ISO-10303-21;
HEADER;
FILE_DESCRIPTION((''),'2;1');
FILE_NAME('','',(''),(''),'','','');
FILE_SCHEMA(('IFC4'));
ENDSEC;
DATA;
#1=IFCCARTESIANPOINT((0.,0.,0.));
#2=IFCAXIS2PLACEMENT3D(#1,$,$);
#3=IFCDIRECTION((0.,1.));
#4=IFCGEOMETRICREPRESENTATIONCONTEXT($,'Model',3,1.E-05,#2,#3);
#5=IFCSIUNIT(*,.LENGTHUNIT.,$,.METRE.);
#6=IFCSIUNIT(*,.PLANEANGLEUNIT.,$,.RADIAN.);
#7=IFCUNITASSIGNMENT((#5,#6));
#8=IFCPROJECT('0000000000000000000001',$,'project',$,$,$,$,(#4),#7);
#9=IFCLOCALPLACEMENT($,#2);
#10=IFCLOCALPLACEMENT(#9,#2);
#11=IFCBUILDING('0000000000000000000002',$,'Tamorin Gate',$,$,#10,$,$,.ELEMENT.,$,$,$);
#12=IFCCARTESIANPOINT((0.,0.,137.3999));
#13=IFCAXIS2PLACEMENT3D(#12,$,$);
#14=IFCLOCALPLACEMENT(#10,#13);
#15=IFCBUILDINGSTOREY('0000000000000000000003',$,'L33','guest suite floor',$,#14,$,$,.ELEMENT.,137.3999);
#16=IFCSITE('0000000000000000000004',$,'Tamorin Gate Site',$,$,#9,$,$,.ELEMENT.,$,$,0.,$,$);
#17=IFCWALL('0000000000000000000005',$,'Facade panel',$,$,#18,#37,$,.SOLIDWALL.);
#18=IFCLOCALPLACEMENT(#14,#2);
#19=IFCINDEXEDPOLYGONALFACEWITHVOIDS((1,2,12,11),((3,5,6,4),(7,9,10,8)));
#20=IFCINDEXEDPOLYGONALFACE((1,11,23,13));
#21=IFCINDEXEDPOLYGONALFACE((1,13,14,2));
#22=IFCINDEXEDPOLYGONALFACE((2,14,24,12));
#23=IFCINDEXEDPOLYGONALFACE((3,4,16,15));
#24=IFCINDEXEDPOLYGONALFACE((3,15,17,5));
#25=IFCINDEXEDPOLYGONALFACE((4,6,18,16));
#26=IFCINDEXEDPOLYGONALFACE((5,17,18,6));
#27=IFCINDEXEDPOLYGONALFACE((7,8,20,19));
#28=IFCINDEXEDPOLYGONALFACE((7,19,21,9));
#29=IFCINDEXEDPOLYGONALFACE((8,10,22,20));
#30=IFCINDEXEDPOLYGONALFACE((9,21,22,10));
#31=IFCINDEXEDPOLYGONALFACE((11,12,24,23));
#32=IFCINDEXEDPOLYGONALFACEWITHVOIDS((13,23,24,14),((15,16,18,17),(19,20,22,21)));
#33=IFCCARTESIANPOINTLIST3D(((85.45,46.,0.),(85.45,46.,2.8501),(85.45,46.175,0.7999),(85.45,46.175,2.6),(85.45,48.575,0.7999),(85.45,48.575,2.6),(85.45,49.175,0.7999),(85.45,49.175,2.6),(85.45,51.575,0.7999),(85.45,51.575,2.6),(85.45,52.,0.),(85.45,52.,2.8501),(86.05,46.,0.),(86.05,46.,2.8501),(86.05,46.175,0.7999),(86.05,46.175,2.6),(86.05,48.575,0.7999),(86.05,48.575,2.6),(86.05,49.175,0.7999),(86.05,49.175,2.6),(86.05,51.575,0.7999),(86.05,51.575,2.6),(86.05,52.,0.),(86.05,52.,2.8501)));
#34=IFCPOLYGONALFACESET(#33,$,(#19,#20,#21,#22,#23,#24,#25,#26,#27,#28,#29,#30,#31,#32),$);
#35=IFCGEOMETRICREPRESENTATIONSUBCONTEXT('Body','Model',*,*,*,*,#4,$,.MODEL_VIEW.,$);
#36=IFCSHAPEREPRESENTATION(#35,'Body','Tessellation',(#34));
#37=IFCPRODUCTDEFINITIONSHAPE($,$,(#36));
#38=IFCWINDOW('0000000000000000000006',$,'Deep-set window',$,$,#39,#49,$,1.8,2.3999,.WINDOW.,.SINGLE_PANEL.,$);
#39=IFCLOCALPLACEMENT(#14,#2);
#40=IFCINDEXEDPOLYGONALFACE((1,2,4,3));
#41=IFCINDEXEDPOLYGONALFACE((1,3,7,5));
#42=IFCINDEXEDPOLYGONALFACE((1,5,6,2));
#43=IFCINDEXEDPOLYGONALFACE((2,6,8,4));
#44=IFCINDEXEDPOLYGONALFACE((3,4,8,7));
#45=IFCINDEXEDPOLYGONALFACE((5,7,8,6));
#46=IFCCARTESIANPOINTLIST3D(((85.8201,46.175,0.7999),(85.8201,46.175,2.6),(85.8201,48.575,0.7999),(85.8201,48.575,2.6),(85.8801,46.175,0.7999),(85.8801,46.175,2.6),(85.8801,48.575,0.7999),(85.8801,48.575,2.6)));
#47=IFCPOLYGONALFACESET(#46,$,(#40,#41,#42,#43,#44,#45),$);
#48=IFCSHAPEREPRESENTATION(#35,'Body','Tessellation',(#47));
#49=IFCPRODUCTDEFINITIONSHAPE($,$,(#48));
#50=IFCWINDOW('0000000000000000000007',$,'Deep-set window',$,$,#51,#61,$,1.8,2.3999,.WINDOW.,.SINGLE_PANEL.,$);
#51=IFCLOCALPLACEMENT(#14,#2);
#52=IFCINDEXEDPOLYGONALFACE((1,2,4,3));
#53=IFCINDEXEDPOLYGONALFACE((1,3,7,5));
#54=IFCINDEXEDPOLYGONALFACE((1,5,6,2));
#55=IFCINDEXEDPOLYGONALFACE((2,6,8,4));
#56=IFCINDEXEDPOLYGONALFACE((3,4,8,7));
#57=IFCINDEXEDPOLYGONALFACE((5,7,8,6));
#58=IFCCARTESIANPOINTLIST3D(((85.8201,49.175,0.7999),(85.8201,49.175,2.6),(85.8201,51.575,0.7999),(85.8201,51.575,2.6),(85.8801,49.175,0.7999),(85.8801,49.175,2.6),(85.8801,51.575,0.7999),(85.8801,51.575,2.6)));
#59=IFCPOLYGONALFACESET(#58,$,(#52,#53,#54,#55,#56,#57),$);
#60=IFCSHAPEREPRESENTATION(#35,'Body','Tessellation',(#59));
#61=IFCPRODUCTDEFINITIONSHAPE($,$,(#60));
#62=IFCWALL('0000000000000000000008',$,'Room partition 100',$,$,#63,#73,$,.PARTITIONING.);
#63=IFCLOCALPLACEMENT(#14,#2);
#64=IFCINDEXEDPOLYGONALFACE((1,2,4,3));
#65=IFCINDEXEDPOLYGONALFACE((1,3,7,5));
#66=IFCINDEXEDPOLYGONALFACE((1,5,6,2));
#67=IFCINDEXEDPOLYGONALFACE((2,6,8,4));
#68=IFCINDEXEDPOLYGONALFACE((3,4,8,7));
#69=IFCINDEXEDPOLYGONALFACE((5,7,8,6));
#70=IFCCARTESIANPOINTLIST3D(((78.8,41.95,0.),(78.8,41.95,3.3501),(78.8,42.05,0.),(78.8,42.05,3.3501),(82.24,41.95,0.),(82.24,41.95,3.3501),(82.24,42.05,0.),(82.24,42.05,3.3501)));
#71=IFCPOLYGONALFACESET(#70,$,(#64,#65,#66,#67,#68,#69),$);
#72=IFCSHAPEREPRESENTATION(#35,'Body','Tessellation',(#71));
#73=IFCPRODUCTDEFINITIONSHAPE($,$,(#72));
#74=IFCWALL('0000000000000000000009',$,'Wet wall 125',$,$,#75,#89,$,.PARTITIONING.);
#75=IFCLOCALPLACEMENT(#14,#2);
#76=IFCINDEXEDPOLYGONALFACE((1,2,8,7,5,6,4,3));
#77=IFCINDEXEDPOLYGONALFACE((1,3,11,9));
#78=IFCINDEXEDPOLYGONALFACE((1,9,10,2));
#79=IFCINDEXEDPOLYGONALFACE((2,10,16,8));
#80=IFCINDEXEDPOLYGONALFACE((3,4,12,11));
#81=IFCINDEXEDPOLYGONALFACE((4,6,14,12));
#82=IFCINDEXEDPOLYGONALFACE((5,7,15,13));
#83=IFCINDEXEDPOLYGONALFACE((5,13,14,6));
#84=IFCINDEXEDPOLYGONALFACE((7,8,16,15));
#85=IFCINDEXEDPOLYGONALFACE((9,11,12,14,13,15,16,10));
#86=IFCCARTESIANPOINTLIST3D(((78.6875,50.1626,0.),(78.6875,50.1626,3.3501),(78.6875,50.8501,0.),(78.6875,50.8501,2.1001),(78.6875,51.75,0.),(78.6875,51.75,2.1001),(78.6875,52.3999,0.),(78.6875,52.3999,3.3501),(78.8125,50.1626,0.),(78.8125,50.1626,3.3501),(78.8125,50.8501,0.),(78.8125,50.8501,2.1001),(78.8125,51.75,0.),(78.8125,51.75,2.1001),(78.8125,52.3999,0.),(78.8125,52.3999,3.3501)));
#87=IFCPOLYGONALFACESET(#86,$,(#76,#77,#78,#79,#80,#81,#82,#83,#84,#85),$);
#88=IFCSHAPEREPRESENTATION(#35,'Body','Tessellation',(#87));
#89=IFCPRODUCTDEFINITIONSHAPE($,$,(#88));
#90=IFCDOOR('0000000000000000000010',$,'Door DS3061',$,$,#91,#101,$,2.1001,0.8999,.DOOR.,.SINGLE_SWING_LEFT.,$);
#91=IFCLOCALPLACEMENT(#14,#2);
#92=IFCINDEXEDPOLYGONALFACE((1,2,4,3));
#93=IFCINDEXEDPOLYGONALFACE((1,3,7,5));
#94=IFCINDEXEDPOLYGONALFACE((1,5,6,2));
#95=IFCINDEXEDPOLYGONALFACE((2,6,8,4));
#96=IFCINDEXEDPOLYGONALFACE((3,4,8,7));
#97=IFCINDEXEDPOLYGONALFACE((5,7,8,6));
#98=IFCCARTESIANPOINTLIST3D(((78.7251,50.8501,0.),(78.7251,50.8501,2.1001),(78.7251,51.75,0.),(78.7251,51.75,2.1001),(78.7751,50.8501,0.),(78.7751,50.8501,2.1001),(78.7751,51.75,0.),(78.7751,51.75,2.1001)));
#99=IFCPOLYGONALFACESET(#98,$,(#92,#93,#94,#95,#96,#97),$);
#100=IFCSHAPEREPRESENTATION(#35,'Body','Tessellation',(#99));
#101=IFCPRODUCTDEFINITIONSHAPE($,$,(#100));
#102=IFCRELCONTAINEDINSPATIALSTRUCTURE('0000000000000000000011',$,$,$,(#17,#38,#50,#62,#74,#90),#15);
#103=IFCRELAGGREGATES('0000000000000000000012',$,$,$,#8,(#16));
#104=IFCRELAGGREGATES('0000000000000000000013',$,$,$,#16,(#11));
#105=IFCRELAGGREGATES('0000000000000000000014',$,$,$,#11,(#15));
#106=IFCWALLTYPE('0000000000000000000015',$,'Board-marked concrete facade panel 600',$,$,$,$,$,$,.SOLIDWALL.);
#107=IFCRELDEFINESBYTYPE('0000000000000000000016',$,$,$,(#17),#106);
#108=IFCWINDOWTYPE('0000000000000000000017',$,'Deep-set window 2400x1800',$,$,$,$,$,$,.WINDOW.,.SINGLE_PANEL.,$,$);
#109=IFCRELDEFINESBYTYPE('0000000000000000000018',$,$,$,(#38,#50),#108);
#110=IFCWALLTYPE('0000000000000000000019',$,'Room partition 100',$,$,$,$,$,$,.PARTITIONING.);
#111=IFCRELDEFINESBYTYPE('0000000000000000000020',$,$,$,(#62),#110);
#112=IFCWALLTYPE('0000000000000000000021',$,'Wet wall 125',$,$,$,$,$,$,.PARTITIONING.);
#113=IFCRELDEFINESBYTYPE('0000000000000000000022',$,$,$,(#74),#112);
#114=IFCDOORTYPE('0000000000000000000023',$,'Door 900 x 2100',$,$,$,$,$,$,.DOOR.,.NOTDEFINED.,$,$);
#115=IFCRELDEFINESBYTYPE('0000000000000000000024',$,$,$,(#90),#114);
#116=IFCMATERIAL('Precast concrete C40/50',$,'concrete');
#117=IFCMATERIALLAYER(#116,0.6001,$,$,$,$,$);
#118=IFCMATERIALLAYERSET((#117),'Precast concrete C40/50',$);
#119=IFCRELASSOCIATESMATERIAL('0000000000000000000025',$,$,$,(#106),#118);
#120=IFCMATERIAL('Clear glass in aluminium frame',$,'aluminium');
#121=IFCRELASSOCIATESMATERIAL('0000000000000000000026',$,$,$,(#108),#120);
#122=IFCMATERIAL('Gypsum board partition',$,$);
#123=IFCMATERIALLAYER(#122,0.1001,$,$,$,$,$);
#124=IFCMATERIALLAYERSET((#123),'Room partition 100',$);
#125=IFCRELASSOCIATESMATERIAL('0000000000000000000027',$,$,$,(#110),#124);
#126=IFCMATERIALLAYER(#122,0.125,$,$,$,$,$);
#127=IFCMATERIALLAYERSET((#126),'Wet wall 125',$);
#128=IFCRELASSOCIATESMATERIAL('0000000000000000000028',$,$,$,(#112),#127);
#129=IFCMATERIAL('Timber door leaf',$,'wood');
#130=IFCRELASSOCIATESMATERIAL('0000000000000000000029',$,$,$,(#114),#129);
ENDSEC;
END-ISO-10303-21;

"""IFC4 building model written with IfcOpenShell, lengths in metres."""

from ifc_helpers import new_model, si_unit, direction, frame, frame_2d, origin, place, context, subcontext, project, spatial, rectangle, extrude, material, layer, layer_set, type_object, element, fill, save


model = new_model("IFC4")

# Units and contexts
model_context = context("Model", 3, precision=1e-05, world=origin(), true_north=direction((0.0, 1.0)))
body_context = subcontext(model_context, "Body", "Model", "MODEL_VIEW")
ifc_project = project(units=[si_unit("LENGTHUNIT", "METRE"), si_unit("PLANEANGLEUNIT", "RADIAN")], contexts=[model_context])

# Site, building, storey
site_placement = place(None, origin())
site = spatial("IfcSite", under=ifc_project, at=site_placement, Name="Tamorin Gate Site", CompositionType="ELEMENT", RefElevation=0.0)
building_placement = place(site_placement, origin())
building = spatial("IfcBuilding", under=site, at=building_placement, Name="Tamorin Gate", CompositionType="ELEMENT")
storey_placement = place(building_placement, frame((0.0, 0.0, 137.3999)))
storey = spatial("IfcBuildingStorey", under=building, at=storey_placement, Name="L33", Description="guest suite floor", CompositionType="ELEMENT", Elevation=137.3999)

# Shared definitions
ifc_material_1 = material(Name="Precast concrete C40/50", Category="concrete")
ifc_layer_1 = layer(ifc_material_1, 0.6001)
ifc_layer_set_1 = layer_set([ifc_layer_1], Name="Precast concrete C40/50")
wall_type_1 = type_object("IfcWallType", Name="Board-marked concrete facade panel 600", PredefinedType="SOLIDWALL", material=ifc_layer_set_1)
ifc_material_2 = material(Name="Clear glass in aluminium frame", Category="aluminium")
window_type_1 = type_object("IfcWindowType", Name="Deep-set window 2400x1800", PartitioningType="SINGLE_PANEL", PredefinedType="WINDOW", material=ifc_material_2)

# Wall, openings, windows
wall_1_placement = place(storey_placement, frame((85.75, 46.0, 0.0), z_axis=(0.0, 0.0, 1.0), x_axis=(0.0, 1.0, 0.0)))
wall_1 = element("IfcWall", 1, at=wall_1_placement, inside=storey, type_object=wall_type_1, Name="Facade panel", PredefinedType="SOLIDWALL", context=body_context, shape_type="SweptSolid", body=[
    extrude(rectangle(XDim=6.0, YDim=0.6001, at=frame_2d((3.0, 0.0))), origin(), (0.0, 0.0, 1.0), 2.8501),
])
opening_1_placement = place(wall_1_placement, frame((0.175, 0.0, 0.8)))
opening_1 = element("IfcOpeningElement", 2, at=opening_1_placement, cuts=wall_1, PredefinedType="OPENING", context=body_context, shape_type="SweptSolid", body=[
    extrude(rectangle(XDim=2.3999, YDim=1.8, at=frame_2d((1.2, 0.8999))), frame((0.0, 0.3101, 0.0), z_axis=(0.0, -1.0, 0.0), x_axis=(1.0, 0.0, 0.0)), (0.0, 0.0, 1.0), 0.6201),
])
opening_2_placement = place(wall_1_placement, frame((3.175, 0.0, 0.8)))
opening_2 = element("IfcOpeningElement", 3, at=opening_2_placement, cuts=wall_1, PredefinedType="OPENING", context=body_context, shape_type="SweptSolid", body=[
    extrude(rectangle(XDim=2.3999, YDim=1.8, at=frame_2d((1.2, 0.8999))), frame((0.0, 0.3101, 0.0), z_axis=(0.0, -1.0, 0.0), x_axis=(1.0, 0.0, 0.0)), (0.0, 0.0, 1.0), 0.6201),
])
window_1_placement = place(opening_1_placement, origin())
window_1 = element("IfcWindow", 4, at=window_1_placement, inside=storey, type_object=window_type_1, Name="Deep-set window", OverallHeight=1.8, OverallWidth=2.3999, PartitioningType="SINGLE_PANEL", PredefinedType="WINDOW", context=body_context, shape_type="SweptSolid", body=[
    extrude(rectangle(XDim=2.3999, YDim=1.8, at=frame_2d((1.2, 0.8999))), frame((0.0, -0.0701, 0.0), z_axis=(0.0, -1.0, 0.0), x_axis=(1.0, 0.0, 0.0)), (0.0, 0.0, 1.0), 0.0601),
])
fill(opening_1, window_1)
window_2_placement = place(opening_2_placement, origin())
window_2 = element("IfcWindow", 5, at=window_2_placement, inside=storey, type_object=window_type_1, Name="Deep-set window", OverallHeight=1.8, OverallWidth=2.3999, PartitioningType="SINGLE_PANEL", PredefinedType="WINDOW", context=body_context, shape_type="SweptSolid", body=[
    extrude(rectangle(XDim=2.3999, YDim=1.8, at=frame_2d((1.2, 0.8999))), frame((0.0, -0.0701, 0.0), z_axis=(0.0, -1.0, 0.0), x_axis=(1.0, 0.0, 0.0)), (0.0, 0.0, 1.0), 0.0601),
])
fill(opening_2, window_2)

# Wall
ifc_material_3 = material(Name="Gypsum board partition")
ifc_layer_2 = layer(ifc_material_3, 0.1001)
ifc_layer_set_2 = layer_set([ifc_layer_2], Name="Room partition 100")
wall_type_2 = type_object("IfcWallType", Name="Room partition 100", PredefinedType="PARTITIONING", material=ifc_layer_set_2)
wall_2_placement = place(storey_placement, frame((78.8, 42.0, 0.0), z_axis=(0.0, 0.0, 1.0), x_axis=(1.0, 0.0, 0.0)))
element("IfcWall", 6, at=wall_2_placement, inside=storey, type_object=wall_type_2, Name="Room partition 100", PredefinedType="PARTITIONING", context=body_context, shape_type="SweptSolid", body=[
    extrude(rectangle(XDim=3.4399, YDim=0.1001, at=frame_2d((1.72, 0.0))), origin(), (0.0, 0.0, 1.0), 3.3501),
])

# Wall, opening, door
ifc_layer_3 = layer(ifc_material_3, 0.125)
ifc_layer_set_3 = layer_set([ifc_layer_3], Name="Wet wall 125")
wall_type_3 = type_object("IfcWallType", Name="Wet wall 125", PredefinedType="PARTITIONING", material=ifc_layer_set_3)
wall_3_placement = place(storey_placement, frame((78.75, 50.1626, 0.0), z_axis=(0.0, 0.0, 1.0), x_axis=(0.0, 1.0, 0.0)))
wall_3 = element("IfcWall", 7, at=wall_3_placement, inside=storey, type_object=wall_type_3, Name="Wet wall 125", PredefinedType="PARTITIONING", context=body_context, shape_type="SweptSolid", body=[
    extrude(rectangle(XDim=2.2373, YDim=0.125, at=frame_2d((1.1187, 0.0))), origin(), (0.0, 0.0, 1.0), 3.3501),
])
opening_3_placement = place(wall_3_placement, frame((0.6875, 0.0, 0.0)))
opening_3 = element("IfcOpeningElement", 8, at=opening_3_placement, cuts=wall_3, PredefinedType="OPENING", context=body_context, shape_type="SweptSolid", body=[
    extrude(rectangle(XDim=0.8999, YDim=2.1001, at=frame_2d((0.45, 1.05))), frame((0.0, 0.0725, 0.0), z_axis=(0.0, -1.0, 0.0), x_axis=(1.0, 0.0, 0.0)), (0.0, 0.0, 1.0), 0.145),
])
ifc_material_4 = material(Name="Timber door leaf", Category="wood")
door_type = type_object("IfcDoorType", Name="Door 900 x 2100", OperationType="NOTDEFINED", PredefinedType="DOOR", material=ifc_material_4)
door_placement = place(opening_3_placement, origin())
door = element("IfcDoor", 9, at=door_placement, inside=storey, type_object=door_type, Name="Door DS3061", OperationType="SINGLE_SWING_LEFT", OverallHeight=2.1001, OverallWidth=0.8999, PredefinedType="DOOR", context=body_context, shape_type="SweptSolid", body=[
    extrude(rectangle(XDim=0.8999, YDim=2.1001, at=frame_2d((0.45, 1.05))), frame((0.0, 0.0249, 0.0), z_axis=(0.0, -1.0, 0.0), x_axis=(1.0, 0.0, 0.0)), (0.0, 0.0, 1.0), 0.05),
])
fill(opening_3, door)

save(model, "model.ifc")
